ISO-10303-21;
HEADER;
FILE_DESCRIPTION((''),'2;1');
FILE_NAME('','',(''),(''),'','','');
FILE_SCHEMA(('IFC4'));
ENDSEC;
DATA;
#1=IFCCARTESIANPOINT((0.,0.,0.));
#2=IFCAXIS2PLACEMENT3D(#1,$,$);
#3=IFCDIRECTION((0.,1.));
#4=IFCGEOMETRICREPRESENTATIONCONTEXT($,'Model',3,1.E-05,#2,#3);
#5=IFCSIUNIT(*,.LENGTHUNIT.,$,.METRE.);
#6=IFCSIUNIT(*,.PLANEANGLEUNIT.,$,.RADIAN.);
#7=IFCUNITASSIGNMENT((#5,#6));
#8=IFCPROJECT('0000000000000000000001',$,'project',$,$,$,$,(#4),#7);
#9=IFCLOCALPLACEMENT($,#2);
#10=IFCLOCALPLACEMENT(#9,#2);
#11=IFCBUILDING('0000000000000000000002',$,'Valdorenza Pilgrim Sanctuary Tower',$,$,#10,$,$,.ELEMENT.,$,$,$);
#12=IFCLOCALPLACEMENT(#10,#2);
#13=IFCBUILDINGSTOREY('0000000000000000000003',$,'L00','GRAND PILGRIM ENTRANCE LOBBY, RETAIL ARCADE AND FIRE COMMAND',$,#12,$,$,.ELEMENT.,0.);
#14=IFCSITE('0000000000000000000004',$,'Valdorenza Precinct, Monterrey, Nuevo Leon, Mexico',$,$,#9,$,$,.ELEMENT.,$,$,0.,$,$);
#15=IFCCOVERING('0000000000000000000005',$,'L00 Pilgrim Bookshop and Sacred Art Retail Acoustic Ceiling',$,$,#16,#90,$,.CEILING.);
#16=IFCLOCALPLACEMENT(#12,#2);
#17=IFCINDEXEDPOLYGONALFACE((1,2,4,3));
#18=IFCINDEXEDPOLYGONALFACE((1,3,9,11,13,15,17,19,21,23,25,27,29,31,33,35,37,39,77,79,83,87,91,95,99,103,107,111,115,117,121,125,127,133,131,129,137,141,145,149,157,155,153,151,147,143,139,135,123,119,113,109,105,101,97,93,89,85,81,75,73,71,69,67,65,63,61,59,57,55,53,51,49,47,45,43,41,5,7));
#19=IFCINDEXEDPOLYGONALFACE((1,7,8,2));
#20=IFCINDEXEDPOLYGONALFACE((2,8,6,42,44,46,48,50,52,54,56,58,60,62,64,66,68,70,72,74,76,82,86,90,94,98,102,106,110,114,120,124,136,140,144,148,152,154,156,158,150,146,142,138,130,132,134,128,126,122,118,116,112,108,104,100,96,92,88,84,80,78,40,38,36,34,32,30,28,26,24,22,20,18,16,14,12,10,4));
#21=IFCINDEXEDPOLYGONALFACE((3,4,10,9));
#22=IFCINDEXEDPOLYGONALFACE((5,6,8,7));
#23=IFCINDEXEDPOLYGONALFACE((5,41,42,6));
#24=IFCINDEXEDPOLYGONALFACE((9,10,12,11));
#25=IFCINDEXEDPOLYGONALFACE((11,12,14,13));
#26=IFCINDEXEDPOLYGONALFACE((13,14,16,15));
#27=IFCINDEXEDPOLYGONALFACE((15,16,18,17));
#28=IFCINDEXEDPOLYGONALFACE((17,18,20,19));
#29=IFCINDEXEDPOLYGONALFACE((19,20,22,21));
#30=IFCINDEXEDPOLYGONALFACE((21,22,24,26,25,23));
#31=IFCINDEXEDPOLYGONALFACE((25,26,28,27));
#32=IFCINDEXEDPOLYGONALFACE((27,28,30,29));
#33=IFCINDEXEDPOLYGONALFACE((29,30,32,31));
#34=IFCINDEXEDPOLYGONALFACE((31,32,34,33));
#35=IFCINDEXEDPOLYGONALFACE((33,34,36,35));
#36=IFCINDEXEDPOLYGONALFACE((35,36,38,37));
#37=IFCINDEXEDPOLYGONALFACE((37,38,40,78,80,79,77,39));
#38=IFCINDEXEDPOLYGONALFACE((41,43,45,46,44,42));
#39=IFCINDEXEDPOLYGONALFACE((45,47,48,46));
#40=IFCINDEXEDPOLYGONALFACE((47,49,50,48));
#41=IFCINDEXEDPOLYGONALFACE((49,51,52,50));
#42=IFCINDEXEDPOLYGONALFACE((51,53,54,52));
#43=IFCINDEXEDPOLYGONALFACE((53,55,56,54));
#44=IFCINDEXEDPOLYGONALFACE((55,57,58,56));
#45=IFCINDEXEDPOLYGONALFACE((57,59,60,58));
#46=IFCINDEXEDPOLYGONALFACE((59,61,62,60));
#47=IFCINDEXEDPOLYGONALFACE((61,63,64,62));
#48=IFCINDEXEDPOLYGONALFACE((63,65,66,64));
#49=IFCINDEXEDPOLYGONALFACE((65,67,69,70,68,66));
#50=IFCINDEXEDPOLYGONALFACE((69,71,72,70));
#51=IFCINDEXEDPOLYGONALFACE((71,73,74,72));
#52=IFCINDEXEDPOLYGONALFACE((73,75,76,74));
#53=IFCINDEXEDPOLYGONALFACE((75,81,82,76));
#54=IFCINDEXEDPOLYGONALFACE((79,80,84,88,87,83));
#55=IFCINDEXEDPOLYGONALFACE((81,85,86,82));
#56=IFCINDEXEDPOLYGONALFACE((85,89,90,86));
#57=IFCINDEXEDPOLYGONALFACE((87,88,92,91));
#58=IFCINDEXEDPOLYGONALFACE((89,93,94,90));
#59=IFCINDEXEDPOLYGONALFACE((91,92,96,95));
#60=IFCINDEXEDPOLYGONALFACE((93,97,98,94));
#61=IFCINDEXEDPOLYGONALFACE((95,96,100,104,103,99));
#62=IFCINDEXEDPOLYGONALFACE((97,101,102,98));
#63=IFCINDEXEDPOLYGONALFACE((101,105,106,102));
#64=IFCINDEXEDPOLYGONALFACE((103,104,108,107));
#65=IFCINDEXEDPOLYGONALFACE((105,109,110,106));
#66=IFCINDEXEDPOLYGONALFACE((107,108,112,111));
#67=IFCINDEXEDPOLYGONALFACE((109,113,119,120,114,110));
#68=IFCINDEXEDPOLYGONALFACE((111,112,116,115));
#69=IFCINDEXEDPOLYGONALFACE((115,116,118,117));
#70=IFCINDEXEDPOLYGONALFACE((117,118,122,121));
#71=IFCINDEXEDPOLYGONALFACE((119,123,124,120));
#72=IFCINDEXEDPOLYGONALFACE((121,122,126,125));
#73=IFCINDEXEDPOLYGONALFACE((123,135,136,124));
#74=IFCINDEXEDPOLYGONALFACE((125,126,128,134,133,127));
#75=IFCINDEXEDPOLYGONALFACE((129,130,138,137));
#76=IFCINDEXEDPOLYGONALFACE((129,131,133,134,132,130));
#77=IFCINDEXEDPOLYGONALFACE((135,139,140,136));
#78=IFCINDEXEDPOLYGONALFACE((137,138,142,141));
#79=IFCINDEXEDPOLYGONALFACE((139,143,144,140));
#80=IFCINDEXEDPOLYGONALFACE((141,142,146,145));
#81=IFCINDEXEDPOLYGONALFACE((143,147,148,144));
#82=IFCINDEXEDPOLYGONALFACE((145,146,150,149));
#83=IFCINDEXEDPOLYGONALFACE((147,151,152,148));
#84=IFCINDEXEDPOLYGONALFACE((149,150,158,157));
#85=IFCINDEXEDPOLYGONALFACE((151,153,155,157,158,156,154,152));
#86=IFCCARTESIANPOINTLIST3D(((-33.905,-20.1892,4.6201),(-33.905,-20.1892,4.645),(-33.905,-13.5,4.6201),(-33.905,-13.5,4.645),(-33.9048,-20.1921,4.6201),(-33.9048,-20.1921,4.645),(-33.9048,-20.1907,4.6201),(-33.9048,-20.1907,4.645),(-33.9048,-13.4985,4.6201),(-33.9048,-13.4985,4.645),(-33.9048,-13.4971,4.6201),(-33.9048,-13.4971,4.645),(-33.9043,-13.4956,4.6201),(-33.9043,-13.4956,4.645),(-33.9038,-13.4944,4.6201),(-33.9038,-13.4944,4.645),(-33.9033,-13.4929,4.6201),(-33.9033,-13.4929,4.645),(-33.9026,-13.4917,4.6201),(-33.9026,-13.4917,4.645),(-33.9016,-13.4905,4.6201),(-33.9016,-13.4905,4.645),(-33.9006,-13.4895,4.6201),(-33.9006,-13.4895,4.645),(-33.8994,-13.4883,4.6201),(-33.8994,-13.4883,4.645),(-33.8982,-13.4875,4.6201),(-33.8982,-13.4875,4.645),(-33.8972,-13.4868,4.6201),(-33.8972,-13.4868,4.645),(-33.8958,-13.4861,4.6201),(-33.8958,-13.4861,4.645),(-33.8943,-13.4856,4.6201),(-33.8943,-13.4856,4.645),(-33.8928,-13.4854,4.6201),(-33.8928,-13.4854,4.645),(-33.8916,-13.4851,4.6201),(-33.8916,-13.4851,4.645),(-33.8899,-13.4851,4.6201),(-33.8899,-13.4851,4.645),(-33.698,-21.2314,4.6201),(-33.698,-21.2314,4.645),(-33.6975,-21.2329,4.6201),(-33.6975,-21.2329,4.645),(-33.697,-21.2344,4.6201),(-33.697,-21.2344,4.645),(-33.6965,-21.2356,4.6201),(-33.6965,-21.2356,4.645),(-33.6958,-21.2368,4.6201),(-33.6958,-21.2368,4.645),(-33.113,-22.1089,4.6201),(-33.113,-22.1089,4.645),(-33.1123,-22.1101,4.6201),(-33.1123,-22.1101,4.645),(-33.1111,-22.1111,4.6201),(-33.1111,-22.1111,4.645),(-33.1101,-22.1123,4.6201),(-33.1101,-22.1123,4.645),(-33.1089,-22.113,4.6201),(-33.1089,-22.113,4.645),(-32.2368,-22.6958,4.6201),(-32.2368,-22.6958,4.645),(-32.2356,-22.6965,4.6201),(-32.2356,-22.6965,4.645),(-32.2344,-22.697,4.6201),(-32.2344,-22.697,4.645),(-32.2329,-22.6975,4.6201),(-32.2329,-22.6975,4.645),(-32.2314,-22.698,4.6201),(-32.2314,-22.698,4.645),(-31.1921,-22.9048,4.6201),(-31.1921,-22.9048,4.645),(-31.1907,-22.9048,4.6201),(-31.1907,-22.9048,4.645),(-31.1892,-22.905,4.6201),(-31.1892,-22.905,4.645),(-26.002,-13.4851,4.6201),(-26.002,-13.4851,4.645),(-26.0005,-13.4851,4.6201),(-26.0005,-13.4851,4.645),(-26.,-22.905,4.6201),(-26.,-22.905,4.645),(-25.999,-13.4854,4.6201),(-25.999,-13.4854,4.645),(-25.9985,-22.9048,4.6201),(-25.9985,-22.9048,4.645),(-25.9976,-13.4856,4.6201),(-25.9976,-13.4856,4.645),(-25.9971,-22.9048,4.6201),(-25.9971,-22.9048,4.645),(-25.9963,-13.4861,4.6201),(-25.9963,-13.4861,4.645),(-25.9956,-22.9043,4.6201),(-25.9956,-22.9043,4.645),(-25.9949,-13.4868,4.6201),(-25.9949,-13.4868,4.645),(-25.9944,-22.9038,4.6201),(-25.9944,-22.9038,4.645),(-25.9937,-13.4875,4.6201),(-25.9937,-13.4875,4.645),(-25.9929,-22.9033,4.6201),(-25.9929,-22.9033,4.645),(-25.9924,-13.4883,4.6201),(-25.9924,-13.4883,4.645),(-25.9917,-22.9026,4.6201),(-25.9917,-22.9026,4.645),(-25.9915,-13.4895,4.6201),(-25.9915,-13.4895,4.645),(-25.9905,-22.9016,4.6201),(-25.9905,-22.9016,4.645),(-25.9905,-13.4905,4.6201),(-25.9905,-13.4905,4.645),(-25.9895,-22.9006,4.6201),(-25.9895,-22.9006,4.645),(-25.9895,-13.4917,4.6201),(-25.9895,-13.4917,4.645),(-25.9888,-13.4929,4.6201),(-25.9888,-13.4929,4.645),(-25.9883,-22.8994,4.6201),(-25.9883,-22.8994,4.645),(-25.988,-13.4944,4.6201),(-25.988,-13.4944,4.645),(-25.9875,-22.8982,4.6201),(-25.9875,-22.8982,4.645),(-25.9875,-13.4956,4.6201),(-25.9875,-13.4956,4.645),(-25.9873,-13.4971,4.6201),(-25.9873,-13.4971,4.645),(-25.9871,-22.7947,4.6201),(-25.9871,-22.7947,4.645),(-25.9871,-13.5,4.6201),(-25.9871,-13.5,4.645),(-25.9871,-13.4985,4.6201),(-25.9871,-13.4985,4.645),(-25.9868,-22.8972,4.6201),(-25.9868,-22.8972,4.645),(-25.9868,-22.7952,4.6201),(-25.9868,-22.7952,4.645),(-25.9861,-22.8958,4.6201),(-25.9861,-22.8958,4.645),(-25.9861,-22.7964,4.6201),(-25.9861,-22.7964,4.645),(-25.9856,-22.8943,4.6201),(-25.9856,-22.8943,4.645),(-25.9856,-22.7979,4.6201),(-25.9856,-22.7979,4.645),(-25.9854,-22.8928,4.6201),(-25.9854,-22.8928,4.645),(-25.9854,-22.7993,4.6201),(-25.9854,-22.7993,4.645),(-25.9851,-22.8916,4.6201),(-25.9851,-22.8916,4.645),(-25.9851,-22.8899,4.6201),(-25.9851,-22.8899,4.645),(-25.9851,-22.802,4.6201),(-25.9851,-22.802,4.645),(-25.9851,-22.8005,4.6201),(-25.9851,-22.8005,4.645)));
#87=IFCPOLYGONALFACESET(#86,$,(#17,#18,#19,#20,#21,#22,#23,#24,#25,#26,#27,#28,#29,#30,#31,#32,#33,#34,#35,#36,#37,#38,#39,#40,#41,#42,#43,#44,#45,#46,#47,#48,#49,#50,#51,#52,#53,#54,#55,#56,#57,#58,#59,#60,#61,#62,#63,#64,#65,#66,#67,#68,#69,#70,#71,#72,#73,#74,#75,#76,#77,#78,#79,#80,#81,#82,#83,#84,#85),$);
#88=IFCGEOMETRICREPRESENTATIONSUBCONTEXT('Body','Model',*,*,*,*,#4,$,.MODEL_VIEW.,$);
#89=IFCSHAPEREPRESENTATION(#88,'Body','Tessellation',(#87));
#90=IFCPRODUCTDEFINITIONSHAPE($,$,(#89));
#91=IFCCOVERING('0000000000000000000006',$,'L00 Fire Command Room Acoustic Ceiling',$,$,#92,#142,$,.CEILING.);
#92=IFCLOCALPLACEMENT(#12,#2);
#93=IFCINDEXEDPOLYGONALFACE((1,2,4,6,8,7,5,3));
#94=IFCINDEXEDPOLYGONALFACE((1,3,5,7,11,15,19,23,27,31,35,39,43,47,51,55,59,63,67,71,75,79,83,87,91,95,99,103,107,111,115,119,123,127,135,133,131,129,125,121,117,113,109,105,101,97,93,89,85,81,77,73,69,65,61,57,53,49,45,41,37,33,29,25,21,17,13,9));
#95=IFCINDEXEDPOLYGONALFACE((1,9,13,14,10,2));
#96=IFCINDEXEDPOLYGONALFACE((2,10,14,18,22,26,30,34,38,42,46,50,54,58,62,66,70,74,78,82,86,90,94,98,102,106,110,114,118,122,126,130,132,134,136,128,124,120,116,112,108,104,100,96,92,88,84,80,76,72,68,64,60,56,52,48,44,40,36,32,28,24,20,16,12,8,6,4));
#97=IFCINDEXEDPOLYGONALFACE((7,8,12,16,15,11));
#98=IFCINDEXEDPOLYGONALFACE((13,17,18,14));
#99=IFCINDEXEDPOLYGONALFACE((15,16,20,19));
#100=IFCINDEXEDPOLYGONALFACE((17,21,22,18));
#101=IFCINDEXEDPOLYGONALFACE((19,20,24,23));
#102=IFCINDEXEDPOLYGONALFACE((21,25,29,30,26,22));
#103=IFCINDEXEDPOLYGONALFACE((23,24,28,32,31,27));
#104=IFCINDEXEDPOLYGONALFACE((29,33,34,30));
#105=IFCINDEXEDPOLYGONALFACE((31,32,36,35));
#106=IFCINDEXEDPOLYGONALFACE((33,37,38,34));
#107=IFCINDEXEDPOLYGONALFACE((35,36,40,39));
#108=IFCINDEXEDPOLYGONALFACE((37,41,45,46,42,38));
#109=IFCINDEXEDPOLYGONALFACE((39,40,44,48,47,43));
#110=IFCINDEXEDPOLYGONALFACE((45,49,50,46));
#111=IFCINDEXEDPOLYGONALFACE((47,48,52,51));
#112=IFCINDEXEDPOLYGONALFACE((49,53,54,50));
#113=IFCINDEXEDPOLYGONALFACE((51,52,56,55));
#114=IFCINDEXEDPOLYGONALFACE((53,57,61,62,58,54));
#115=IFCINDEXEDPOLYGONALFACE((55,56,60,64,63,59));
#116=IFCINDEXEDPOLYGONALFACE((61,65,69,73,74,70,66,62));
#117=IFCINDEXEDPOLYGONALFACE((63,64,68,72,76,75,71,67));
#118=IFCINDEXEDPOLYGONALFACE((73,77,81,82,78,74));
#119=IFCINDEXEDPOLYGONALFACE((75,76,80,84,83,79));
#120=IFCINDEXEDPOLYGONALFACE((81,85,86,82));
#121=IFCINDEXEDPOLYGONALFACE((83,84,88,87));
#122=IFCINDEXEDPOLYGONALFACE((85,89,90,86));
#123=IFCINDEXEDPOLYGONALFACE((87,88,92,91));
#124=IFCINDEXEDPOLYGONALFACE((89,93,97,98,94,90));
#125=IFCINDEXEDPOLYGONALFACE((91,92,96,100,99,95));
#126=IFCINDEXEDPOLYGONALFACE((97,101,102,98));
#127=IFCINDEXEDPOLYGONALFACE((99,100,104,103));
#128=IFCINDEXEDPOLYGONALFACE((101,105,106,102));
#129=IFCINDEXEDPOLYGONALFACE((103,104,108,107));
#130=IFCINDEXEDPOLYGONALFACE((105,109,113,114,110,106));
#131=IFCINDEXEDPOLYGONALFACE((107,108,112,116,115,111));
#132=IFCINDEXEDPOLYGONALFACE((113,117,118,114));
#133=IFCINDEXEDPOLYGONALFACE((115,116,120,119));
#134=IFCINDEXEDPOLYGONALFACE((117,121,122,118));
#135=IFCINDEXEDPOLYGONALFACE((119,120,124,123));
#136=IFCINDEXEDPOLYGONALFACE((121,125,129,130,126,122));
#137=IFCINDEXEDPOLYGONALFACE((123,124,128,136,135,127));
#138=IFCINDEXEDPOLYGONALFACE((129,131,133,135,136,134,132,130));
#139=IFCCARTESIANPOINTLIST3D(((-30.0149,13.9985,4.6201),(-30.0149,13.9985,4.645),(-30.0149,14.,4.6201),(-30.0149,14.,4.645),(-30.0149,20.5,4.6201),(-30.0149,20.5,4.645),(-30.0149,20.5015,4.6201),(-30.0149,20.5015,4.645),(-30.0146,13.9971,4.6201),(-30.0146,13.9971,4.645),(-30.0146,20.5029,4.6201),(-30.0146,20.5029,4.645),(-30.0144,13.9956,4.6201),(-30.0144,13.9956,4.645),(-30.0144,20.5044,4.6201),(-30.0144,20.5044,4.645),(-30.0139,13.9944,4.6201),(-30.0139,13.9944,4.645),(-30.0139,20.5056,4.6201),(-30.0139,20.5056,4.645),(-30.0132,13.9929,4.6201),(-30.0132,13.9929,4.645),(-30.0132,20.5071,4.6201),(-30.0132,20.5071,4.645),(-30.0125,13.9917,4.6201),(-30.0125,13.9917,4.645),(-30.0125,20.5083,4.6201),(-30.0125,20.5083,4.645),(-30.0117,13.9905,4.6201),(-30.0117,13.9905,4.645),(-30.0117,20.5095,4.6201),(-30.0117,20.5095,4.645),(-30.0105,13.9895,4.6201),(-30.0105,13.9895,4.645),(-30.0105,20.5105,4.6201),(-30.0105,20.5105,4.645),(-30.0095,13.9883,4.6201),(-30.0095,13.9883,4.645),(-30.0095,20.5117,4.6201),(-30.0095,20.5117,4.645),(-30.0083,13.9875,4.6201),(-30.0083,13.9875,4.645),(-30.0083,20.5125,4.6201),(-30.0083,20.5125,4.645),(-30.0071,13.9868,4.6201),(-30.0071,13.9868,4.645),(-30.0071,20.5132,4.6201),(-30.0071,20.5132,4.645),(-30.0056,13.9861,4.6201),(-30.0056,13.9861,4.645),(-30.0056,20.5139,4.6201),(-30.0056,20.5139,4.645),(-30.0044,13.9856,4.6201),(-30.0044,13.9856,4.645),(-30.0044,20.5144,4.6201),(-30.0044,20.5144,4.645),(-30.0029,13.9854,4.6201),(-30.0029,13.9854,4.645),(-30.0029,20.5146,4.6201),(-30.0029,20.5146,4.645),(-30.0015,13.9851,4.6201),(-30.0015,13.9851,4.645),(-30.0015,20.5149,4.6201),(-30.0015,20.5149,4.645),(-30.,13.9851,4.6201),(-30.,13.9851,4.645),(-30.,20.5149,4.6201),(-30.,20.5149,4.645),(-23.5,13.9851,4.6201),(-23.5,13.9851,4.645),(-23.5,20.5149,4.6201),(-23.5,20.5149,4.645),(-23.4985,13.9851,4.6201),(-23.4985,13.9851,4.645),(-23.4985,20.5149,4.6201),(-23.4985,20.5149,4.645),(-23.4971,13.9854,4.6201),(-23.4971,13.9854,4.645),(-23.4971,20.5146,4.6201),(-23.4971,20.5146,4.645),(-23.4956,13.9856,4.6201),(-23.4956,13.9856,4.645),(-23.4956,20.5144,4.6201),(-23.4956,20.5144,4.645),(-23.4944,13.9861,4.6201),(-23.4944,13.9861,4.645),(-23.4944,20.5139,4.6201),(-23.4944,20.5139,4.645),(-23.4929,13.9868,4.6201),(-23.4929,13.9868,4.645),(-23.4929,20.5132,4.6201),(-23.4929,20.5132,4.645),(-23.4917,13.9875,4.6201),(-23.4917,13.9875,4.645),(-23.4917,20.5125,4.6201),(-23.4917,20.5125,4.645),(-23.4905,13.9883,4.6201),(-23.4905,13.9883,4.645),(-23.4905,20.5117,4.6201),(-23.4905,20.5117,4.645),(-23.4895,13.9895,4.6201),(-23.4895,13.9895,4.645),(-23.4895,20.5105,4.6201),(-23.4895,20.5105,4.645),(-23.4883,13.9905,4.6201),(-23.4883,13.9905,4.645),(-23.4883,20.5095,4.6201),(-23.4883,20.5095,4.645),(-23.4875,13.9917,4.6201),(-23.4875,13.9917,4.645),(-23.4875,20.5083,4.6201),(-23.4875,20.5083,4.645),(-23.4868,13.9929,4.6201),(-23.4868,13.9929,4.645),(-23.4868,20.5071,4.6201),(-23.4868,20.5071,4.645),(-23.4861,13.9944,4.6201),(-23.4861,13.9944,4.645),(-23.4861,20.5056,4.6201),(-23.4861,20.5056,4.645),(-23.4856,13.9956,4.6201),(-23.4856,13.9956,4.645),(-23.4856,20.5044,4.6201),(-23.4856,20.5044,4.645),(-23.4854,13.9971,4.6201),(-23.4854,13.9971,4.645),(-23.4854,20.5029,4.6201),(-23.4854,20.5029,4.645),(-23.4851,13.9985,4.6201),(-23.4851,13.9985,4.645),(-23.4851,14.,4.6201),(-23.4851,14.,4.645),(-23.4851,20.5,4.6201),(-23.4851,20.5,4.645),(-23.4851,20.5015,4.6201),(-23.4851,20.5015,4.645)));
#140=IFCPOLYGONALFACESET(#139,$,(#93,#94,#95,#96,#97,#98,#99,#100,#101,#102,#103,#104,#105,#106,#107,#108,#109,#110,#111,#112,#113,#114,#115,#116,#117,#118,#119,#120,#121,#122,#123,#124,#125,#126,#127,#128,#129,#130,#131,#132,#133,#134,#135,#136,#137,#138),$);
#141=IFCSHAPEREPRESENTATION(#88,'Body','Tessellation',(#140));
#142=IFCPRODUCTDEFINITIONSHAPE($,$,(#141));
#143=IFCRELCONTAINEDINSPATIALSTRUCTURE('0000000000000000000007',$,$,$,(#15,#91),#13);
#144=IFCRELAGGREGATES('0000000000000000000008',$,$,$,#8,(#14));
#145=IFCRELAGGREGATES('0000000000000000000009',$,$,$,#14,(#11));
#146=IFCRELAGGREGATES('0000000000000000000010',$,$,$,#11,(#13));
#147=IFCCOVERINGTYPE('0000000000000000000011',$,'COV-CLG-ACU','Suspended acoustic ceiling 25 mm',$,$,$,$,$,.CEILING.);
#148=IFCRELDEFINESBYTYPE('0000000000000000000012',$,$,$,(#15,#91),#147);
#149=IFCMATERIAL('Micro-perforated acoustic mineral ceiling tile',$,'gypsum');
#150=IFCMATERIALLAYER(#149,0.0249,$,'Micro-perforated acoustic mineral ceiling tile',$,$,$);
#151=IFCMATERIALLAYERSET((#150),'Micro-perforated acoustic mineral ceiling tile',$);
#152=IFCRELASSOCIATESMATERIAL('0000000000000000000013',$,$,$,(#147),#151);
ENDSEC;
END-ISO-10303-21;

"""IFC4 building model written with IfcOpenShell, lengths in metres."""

from ifc_helpers import new_model, si_unit, direction, frame, origin, place, context, subcontext, project, spatial, polyline, outline, extrude, material, layer, layer_set, type_object, element, save


model = new_model("IFC4")

# Units and contexts
model_context = context("Model", 3, precision=1e-05, world=origin(), true_north=direction((0.0, 1.0)))
body_context = subcontext(model_context, "Body", "Model", "MODEL_VIEW")
ifc_project = project(units=[si_unit("LENGTHUNIT", "METRE"), si_unit("PLANEANGLEUNIT", "RADIAN")], contexts=[model_context])

# Site, building, storey
site_placement = place(None, origin())
site = spatial("IfcSite", under=ifc_project, at=site_placement, Name="Valdorenza Precinct, Monterrey, Nuevo Leon, Mexico", CompositionType="ELEMENT", RefElevation=0.0)
building_placement = place(site_placement, origin())
building = spatial("IfcBuilding", under=site, at=building_placement, Name="Valdorenza Pilgrim Sanctuary Tower", CompositionType="ELEMENT")
storey_placement = place(building_placement, origin())
storey = spatial("IfcBuildingStorey", under=building, at=storey_placement, Name="L00", Description="GRAND PILGRIM ENTRANCE LOBBY, RETAIL ARCADE AND FIRE COMMAND", CompositionType="ELEMENT", Elevation=0.0)

# Coverings
ifc_material_1 = material(Name="Micro-perforated acoustic mineral ceiling tile", Category="gypsum")
ifc_layer_1 = layer(ifc_material_1, 0.0249, Name="Micro-perforated acoustic mineral ceiling tile")
ifc_layer_set_1 = layer_set([ifc_layer_1], Name="Micro-perforated acoustic mineral ceiling tile")
covering_type_1 = type_object("IfcCoveringType", Name="COV-CLG-ACU", Description="Suspended acoustic ceiling 25 mm", PredefinedType="CEILING", material=ifc_layer_set_1)
covering_1_placement = place(storey_placement, frame((0.0, 0.0, 4.6201)))
element("IfcCovering", 1, at=covering_1_placement, inside=storey, type_object=covering_type_1, Name="L00 Pilgrim Bookshop and Sacred Art Retail Acoustic Ceiling", PredefinedType="CEILING", context=body_context, shape_type="SweptSolid", body=[
    extrude(outline(polyline([(-25.9871, -22.7947), (-25.9868, -22.7952), (-25.9861, -22.7964), (-25.9856, -22.7979), (-25.9854, -22.7993), (-25.9851, -22.8005), (-25.9851, -22.802), (-25.9851, -22.8899), (-25.9851, -22.8916), (-25.9854, -22.8928), (-25.9856, -22.8943), (-25.9861, -22.8958), (-25.9868, -22.8972), (-25.9875, -22.8982), (-25.9883, -22.8994), (-25.9895, -22.9006), (-25.9905, -22.9016), (-25.9917, -22.9026), (-25.9929, -22.9033), (-25.9944, -22.9038), (-25.9956, -22.9043), (-25.9971, -22.9048), (-25.9985, -22.9048), (-26.0, -22.905), (-31.1892, -22.905), (-31.1907, -22.9048), (-31.1921, -22.9048), (-32.2314, -22.698), (-32.2329, -22.6975), (-32.2344, -22.697), (-32.2356, -22.6965), (-32.2368, -22.6958), (-33.1089, -22.113), (-33.1101, -22.1123), (-33.1111, -22.1111), (-33.1123, -22.1101), (-33.113, -22.1089), (-33.6958, -21.2368), (-33.6965, -21.2356), (-33.697, -21.2344), (-33.6975, -21.2329), (-33.698, -21.2314), (-33.9048, -20.1921), (-33.9048, -20.1907), (-33.905, -20.1892), (-33.905, -13.5), (-33.9048, -13.4985), (-33.9048, -13.4971), (-33.9043, -13.4956), (-33.9038, -13.4944), (-33.9033, -13.4929), (-33.9026, -13.4917), (-33.9016, -13.4905), (-33.9006, -13.4895), (-33.8994, -13.4883), (-33.8982, -13.4875), (-33.8972, -13.4868), (-33.8958, -13.4861), (-33.8943, -13.4856), (-33.8928, -13.4854), (-33.8916, -13.4851), (-33.8899, -13.4851), (-26.002, -13.4851), (-26.0005, -13.4851), (-25.999, -13.4854), (-25.9976, -13.4856), (-25.9963, -13.4861), (-25.9949, -13.4868), (-25.9937, -13.4875), (-25.9924, -13.4883), (-25.9915, -13.4895), (-25.9905, -13.4905), (-25.9895, -13.4917), (-25.9888, -13.4929), (-25.988, -13.4944), (-25.9875, -13.4956), (-25.9873, -13.4971), (-25.9871, -13.4985), (-25.9871, -13.5), (-25.9871, -22.7947)])), origin(), (0.0, 0.0, 1.0), 0.0249),
])
covering_2_placement = place(storey_placement, frame((0.0, 0.0, 4.6201)))
element("IfcCovering", 2, at=covering_2_placement, inside=storey, type_object=covering_type_1, Name="L00 Fire Command Room Acoustic Ceiling", PredefinedType="CEILING", context=body_context, shape_type="SweptSolid", body=[
    extrude(outline(polyline([(-30.0149, 20.5), (-30.0149, 20.5015), (-30.0146, 20.5029), (-30.0144, 20.5044), (-30.0139, 20.5056), (-30.0132, 20.5071), (-30.0125, 20.5083), (-30.0117, 20.5095), (-30.0105, 20.5105), (-30.0095, 20.5117), (-30.0083, 20.5125), (-30.0071, 20.5132), (-30.0056, 20.5139), (-30.0044, 20.5144), (-30.0029, 20.5146), (-30.0015, 20.5149), (-30.0, 20.5149), (-23.5, 20.5149), (-23.4985, 20.5149), (-23.4971, 20.5146), (-23.4956, 20.5144), (-23.4944, 20.5139), (-23.4929, 20.5132), (-23.4917, 20.5125), (-23.4905, 20.5117), (-23.4895, 20.5105), (-23.4883, 20.5095), (-23.4875, 20.5083), (-23.4868, 20.5071), (-23.4861, 20.5056), (-23.4856, 20.5044), (-23.4854, 20.5029), (-23.4851, 20.5015), (-23.4851, 20.5), (-23.4851, 14.0), (-23.4851, 13.9985), (-23.4854, 13.9971), (-23.4856, 13.9956), (-23.4861, 13.9944), (-23.4868, 13.9929), (-23.4875, 13.9917), (-23.4883, 13.9905), (-23.4895, 13.9895), (-23.4905, 13.9883), (-23.4917, 13.9875), (-23.4929, 13.9868), (-23.4944, 13.9861), (-23.4956, 13.9856), (-23.4971, 13.9854), (-23.4985, 13.9851), (-23.5, 13.9851), (-30.0, 13.9851), (-30.0015, 13.9851), (-30.0029, 13.9854), (-30.0044, 13.9856), (-30.0056, 13.9861), (-30.0071, 13.9868), (-30.0083, 13.9875), (-30.0095, 13.9883), (-30.0105, 13.9895), (-30.0117, 13.9905), (-30.0125, 13.9917), (-30.0132, 13.9929), (-30.0139, 13.9944), (-30.0144, 13.9956), (-30.0146, 13.9971), (-30.0149, 13.9985), (-30.0149, 14.0), (-30.0149, 20.5)])), origin(), (0.0, 0.0, 1.0), 0.0249),
])

save(model, "model.ifc")
